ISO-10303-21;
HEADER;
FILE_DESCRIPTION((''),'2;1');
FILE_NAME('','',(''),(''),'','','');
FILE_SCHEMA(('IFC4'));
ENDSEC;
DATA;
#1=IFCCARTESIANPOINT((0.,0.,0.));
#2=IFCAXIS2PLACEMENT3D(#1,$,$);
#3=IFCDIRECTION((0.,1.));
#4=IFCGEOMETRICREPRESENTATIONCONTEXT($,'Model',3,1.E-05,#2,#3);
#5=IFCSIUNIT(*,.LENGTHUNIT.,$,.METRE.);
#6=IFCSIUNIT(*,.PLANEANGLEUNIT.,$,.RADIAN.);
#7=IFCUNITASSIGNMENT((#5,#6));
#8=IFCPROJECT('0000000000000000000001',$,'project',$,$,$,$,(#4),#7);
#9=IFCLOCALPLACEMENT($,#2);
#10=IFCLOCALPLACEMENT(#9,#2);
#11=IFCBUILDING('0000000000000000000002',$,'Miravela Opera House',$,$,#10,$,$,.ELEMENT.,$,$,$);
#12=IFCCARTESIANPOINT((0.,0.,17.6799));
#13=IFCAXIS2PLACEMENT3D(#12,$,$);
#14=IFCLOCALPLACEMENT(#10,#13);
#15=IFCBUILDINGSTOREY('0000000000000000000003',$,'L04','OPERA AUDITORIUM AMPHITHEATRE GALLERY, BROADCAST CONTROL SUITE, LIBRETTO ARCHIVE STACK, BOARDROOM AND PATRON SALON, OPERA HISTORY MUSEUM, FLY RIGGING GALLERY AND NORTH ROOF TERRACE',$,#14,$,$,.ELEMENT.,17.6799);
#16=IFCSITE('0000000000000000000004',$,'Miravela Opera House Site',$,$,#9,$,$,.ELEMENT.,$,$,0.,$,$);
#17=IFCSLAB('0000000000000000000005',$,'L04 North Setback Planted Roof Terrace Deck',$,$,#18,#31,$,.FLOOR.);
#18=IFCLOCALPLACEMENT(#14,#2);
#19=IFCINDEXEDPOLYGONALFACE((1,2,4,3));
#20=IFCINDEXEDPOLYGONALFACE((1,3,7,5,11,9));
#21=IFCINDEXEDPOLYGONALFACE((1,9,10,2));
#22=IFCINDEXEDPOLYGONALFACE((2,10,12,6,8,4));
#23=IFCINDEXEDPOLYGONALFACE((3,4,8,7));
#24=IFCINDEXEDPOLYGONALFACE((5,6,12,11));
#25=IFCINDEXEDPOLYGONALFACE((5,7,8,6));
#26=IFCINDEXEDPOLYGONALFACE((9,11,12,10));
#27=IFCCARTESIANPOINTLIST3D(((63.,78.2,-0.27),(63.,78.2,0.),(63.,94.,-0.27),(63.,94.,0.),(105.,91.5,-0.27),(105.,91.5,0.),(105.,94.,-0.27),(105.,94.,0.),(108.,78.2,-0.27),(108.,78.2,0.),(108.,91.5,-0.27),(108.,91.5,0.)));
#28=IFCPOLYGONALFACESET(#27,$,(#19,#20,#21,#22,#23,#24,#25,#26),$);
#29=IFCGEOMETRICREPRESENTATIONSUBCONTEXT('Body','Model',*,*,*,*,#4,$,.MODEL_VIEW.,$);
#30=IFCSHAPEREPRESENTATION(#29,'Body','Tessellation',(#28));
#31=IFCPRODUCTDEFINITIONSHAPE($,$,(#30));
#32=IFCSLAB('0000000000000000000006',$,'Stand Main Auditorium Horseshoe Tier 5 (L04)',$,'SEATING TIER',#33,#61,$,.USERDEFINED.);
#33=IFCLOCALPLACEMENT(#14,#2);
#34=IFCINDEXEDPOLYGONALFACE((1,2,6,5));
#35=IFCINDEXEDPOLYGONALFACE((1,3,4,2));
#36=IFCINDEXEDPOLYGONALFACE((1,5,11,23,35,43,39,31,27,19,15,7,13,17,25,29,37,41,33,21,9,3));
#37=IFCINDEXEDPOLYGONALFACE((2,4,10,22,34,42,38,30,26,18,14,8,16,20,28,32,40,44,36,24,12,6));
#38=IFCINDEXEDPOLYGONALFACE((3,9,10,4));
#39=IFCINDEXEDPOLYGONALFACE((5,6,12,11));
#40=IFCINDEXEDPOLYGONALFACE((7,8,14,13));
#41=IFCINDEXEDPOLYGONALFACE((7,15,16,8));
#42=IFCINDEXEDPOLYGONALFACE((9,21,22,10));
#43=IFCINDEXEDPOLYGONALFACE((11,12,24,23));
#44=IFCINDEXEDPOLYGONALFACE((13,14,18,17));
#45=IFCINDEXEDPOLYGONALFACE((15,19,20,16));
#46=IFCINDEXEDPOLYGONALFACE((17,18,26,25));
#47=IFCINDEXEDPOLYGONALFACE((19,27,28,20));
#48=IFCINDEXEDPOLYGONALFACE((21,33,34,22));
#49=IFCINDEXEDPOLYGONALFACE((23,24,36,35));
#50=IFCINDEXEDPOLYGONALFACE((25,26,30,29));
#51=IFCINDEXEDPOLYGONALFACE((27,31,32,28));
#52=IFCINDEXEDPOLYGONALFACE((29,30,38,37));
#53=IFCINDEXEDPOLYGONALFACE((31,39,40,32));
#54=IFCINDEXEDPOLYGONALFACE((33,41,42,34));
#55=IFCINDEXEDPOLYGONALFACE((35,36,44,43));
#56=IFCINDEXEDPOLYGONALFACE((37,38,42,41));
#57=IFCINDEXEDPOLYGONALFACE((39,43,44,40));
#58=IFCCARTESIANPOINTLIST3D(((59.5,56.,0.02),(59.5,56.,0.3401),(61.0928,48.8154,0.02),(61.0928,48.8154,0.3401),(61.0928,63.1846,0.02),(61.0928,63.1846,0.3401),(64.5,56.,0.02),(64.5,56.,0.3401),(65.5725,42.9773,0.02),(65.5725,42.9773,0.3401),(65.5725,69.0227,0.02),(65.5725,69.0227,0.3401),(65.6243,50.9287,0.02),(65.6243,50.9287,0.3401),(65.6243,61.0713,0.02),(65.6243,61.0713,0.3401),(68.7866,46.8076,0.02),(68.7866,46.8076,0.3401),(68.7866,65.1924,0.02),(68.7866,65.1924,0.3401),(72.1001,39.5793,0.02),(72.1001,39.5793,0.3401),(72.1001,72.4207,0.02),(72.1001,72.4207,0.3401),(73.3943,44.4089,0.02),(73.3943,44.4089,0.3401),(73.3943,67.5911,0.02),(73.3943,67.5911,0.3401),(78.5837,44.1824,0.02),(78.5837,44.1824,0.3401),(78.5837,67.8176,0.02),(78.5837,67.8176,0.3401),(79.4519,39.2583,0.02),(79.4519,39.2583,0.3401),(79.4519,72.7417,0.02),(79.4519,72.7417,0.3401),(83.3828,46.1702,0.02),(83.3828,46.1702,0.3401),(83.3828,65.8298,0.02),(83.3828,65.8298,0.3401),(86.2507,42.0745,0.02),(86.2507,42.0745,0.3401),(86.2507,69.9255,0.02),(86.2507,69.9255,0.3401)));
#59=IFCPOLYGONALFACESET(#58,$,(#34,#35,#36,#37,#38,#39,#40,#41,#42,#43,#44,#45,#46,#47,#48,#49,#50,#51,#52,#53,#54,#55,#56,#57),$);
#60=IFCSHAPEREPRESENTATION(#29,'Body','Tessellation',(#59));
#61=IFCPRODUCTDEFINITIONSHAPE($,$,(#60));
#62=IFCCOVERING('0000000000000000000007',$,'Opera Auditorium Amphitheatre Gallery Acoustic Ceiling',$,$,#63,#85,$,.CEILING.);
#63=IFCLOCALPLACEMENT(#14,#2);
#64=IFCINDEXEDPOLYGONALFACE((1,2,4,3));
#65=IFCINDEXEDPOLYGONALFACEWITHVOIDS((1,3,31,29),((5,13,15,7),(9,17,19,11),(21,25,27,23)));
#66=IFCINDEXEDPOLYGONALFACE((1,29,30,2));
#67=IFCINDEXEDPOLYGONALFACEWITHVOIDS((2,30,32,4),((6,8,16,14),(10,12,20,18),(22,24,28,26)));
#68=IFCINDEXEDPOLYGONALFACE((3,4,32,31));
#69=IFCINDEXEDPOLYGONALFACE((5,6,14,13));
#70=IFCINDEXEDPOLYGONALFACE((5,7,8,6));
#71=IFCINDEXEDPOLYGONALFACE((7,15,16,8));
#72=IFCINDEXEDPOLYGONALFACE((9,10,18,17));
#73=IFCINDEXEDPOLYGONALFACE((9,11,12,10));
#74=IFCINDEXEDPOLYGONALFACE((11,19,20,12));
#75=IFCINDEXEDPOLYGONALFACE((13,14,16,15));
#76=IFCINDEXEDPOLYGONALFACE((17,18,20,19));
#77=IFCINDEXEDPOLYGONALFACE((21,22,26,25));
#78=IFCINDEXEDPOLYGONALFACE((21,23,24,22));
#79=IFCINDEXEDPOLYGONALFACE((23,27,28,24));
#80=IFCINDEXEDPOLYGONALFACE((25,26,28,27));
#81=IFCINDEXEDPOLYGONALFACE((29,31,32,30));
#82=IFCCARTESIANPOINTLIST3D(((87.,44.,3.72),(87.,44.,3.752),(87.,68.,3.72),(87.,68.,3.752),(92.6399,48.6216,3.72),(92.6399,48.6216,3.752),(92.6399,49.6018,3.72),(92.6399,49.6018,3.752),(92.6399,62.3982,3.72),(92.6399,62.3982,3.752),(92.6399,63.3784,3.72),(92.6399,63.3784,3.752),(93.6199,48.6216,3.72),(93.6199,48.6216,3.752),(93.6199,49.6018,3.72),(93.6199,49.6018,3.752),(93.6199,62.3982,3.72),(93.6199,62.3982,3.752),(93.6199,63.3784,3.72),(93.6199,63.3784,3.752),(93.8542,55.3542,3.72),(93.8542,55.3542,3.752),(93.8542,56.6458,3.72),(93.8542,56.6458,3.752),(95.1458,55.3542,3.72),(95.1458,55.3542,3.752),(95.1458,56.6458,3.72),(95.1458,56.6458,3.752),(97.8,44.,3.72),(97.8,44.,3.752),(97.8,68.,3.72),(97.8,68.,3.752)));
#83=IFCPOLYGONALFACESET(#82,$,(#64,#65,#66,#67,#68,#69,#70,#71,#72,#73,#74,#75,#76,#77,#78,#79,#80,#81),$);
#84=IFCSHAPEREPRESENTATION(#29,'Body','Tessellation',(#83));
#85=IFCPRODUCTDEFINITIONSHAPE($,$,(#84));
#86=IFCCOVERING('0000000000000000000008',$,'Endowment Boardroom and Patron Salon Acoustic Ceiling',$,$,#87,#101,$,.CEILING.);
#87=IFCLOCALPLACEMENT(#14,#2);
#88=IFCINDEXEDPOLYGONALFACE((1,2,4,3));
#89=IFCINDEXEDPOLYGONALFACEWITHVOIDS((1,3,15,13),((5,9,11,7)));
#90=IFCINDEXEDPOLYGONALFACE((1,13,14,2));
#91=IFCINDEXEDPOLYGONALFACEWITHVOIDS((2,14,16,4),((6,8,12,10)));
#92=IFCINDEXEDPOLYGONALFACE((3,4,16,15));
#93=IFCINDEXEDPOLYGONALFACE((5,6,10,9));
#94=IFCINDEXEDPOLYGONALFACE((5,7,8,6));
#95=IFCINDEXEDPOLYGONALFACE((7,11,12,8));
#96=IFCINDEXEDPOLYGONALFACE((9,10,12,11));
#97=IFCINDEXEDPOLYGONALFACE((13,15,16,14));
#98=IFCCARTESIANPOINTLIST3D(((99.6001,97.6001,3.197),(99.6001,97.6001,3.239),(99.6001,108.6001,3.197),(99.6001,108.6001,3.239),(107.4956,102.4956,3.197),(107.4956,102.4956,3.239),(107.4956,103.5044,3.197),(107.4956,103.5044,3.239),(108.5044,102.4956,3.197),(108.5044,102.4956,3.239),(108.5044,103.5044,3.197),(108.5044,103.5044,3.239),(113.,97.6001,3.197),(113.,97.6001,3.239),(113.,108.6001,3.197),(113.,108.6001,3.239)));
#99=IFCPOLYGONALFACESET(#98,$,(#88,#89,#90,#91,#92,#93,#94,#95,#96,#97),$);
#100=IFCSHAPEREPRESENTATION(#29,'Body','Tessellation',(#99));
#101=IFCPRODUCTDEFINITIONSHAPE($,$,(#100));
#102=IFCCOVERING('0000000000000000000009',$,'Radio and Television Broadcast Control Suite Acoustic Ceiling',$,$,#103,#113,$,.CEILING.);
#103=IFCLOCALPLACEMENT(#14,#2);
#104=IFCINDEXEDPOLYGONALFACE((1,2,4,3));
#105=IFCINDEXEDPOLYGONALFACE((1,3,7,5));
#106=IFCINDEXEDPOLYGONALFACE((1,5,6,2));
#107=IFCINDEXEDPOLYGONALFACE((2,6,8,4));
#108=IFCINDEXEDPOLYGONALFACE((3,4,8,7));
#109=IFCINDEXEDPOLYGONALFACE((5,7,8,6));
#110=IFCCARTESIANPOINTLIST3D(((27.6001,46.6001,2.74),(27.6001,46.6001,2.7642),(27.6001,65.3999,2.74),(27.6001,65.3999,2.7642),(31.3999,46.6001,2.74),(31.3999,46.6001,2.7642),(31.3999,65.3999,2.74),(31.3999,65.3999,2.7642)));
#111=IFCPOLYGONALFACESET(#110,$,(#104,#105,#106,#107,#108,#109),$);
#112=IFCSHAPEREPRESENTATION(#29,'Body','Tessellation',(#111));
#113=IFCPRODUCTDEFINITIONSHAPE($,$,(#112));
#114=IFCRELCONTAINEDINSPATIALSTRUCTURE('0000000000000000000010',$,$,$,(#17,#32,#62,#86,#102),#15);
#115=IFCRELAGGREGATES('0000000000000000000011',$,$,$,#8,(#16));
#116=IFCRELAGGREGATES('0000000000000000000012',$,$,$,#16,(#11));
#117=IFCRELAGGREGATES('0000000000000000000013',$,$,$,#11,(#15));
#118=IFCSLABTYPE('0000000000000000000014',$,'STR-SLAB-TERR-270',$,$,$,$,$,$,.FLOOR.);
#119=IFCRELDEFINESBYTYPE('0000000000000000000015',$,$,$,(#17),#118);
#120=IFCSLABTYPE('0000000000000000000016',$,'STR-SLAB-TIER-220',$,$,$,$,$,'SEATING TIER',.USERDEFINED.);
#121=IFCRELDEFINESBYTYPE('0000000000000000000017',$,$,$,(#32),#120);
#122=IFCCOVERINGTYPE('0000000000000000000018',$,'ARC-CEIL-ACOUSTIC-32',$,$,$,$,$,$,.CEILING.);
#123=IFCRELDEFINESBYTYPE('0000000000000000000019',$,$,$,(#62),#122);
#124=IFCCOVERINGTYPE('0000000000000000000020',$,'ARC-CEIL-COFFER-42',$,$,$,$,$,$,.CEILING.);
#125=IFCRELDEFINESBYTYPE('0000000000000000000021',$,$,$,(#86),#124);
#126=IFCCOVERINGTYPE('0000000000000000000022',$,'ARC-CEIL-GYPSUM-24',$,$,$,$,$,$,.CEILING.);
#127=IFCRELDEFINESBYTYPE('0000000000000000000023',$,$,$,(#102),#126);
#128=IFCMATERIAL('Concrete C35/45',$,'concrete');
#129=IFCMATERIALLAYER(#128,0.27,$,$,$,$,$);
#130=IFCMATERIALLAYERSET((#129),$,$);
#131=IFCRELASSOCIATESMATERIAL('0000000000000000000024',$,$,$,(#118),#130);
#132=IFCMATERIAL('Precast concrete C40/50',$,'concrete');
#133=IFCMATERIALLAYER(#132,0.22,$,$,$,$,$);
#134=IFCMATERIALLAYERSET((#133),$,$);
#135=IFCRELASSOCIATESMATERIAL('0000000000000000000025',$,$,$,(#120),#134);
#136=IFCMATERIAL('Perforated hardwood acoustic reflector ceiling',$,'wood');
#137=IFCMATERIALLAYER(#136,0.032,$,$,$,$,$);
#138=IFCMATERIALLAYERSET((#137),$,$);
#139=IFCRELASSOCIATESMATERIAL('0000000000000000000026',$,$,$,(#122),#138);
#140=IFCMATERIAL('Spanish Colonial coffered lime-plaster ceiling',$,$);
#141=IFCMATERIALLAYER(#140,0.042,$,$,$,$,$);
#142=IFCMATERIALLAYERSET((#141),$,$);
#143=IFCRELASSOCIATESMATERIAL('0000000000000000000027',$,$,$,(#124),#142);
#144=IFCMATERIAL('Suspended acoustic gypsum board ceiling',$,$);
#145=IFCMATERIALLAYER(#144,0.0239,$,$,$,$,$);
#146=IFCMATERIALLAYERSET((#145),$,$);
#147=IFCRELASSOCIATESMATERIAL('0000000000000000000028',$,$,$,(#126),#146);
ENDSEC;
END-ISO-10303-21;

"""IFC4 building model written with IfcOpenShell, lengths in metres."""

from ifc_helpers import new_model, si_unit, direction, frame, origin, place, context, subcontext, project, spatial, polyline, outline, extrude, material, layer, layer_set, type_object, element, save


model = new_model("IFC4")

# Units and contexts
model_context = context("Model", 3, precision=1e-05, world=origin(), true_north=direction((0.0, 1.0)))
body_context = subcontext(model_context, "Body", "Model", "MODEL_VIEW")
ifc_project = project(units=[si_unit("LENGTHUNIT", "METRE"), si_unit("PLANEANGLEUNIT", "RADIAN")], contexts=[model_context])

# Site, building, storey
site_placement = place(None, origin())
site = spatial("IfcSite", under=ifc_project, at=site_placement, Name="Miravela Opera House Site", CompositionType="ELEMENT", RefElevation=0.0)
building_placement = place(site_placement, origin())
building = spatial("IfcBuilding", under=site, at=building_placement, Name="Miravela Opera House", CompositionType="ELEMENT")
storey_placement = place(building_placement, frame((0.0, 0.0, 17.6799)))
storey = spatial("IfcBuildingStorey", under=building, at=storey_placement, Name="L04", Description="OPERA AUDITORIUM AMPHITHEATRE GALLERY, BROADCAST CONTROL SUITE, LIBRETTO ARCHIVE STACK, BOARDROOM AND PATRON SALON, OPERA HISTORY MUSEUM, FLY RIGGING GALLERY AND NORTH ROOF TERRACE", CompositionType="ELEMENT", Elevation=17.6799)

# Shared definitions
ifc_material_1 = material(Name="Concrete C35/45", Category="concrete")

# Slabs
ifc_layer_1 = layer(ifc_material_1, 0.27)
ifc_layer_set_1 = layer_set([ifc_layer_1])
slab_type_1 = type_object("IfcSlabType", Name="STR-SLAB-TERR-270", PredefinedType="FLOOR", material=ifc_layer_set_1)
slab_1_placement = place(storey_placement, frame((0.0, 0.0, -0.27)))
element("IfcSlab", 1, at=slab_1_placement, inside=storey, type_object=slab_type_1, Name="L04 North Setback Planted Roof Terrace Deck", PredefinedType="FLOOR", context=body_context, shape_type="SweptSolid", body=[
    extrude(outline(polyline([(63.0, 78.2), (108.0, 78.2), (108.0, 91.5), (105.0, 91.5), (105.0, 94.0), (63.0, 94.0), (63.0, 78.2)])), origin(), (0.0, 0.0, 1.0), 0.27),
])
ifc_material_2 = material(Name="Precast concrete C40/50", Category="concrete")
ifc_layer_2 = layer(ifc_material_2, 0.22)
ifc_layer_set_2 = layer_set([ifc_layer_2])
slab_type_2 = type_object("IfcSlabType", Name="STR-SLAB-TIER-220", ElementType="SEATING TIER", PredefinedType="USERDEFINED", material=ifc_layer_set_2)
slab_2_placement = place(storey_placement, frame((0.0, 0.0, 0.02)))
element("IfcSlab", 2, at=slab_2_placement, inside=storey, type_object=slab_type_2, Name="Stand Main Auditorium Horseshoe Tier 5 (L04)", ObjectType="SEATING TIER", PredefinedType="USERDEFINED", context=body_context, shape_type="SweptSolid", body=[
    extrude(outline(polyline([(86.2507, 69.9255), (79.4519, 72.7417), (72.1001, 72.4207), (65.5725, 69.0227), (61.0928, 63.1846), (59.5, 56.0), (61.0928, 48.8154), (65.5725, 42.9773), (72.1001, 39.5793), (79.4519, 39.2583), (86.2507, 42.0745), (83.3828, 46.1702), (78.5837, 44.1824), (73.3943, 44.4089), (68.7866, 46.8076), (65.6243, 50.9287), (64.5, 56.0), (65.6243, 61.0713), (68.7866, 65.1924), (73.3943, 67.5911), (78.5837, 67.8176), (83.3828, 65.8298), (86.2507, 69.9255)])), origin(), (0.0, 0.0, 1.0), 0.3201),
])

# Coverings
ifc_material_3 = material(Name="Perforated hardwood acoustic reflector ceiling", Category="wood")
ifc_layer_3 = layer(ifc_material_3, 0.032)
ifc_layer_set_3 = layer_set([ifc_layer_3])
covering_type_1 = type_object("IfcCoveringType", Name="ARC-CEIL-ACOUSTIC-32", PredefinedType="CEILING", material=ifc_layer_set_3)
covering_1_placement = place(storey_placement, frame((0.0, 0.0, 3.72)))
element("IfcCovering", 3, at=covering_1_placement, inside=storey, type_object=covering_type_1, Name="Opera Auditorium Amphitheatre Gallery Acoustic Ceiling", PredefinedType="CEILING", context=body_context, shape_type="SweptSolid", body=[
    extrude(outline(polyline([(87.0, 44.0), (97.8, 44.0), (97.8, 68.0), (87.0, 68.0), (87.0, 44.0)]), holes=[polyline([(93.8542, 55.3542), (95.1458, 55.3542), (95.1458, 56.6458), (93.8542, 56.6458), (93.8542, 55.3542)]), polyline([(92.6399, 62.3982), (93.6199, 62.3982), (93.6199, 63.3784), (92.6399, 63.3784), (92.6399, 62.3982)]), polyline([(92.6399, 48.6216), (93.6199, 48.6216), (93.6199, 49.6018), (92.6399, 49.6018), (92.6399, 48.6216)])]), origin(), (0.0, 0.0, 1.0), 0.032),
])
ifc_material_4 = material(Name="Spanish Colonial coffered lime-plaster ceiling")
ifc_layer_4 = layer(ifc_material_4, 0.042)
ifc_layer_set_4 = layer_set([ifc_layer_4])
covering_type_2 = type_object("IfcCoveringType", Name="ARC-CEIL-COFFER-42", PredefinedType="CEILING", material=ifc_layer_set_4)
covering_2_placement = place(storey_placement, frame((0.0, 0.0, 3.197)))
element("IfcCovering", 4, at=covering_2_placement, inside=storey, type_object=covering_type_2, Name="Endowment Boardroom and Patron Salon Acoustic Ceiling", PredefinedType="CEILING", context=body_context, shape_type="SweptSolid", body=[
    extrude(outline(polyline([(99.6001, 97.6001), (113.0, 97.6001), (113.0, 108.6001), (99.6001, 108.6001), (99.6001, 97.6001)]), holes=[polyline([(107.4956, 102.4956), (108.5044, 102.4956), (108.5044, 103.5044), (107.4956, 103.5044), (107.4956, 102.4956)])]), origin(), (0.0, 0.0, 1.0), 0.042),
])
ifc_material_5 = material(Name="Suspended acoustic gypsum board ceiling")
ifc_layer_5 = layer(ifc_material_5, 0.0239)
ifc_layer_set_5 = layer_set([ifc_layer_5])
covering_type_3 = type_object("IfcCoveringType", Name="ARC-CEIL-GYPSUM-24", PredefinedType="CEILING", material=ifc_layer_set_5)
covering_3_placement = place(storey_placement, frame((0.0, 0.0, 2.74)))
element("IfcCovering", 5, at=covering_3_placement, inside=storey, type_object=covering_type_3, Name="Radio and Television Broadcast Control Suite Acoustic Ceiling", PredefinedType="CEILING", context=body_context, shape_type="SweptSolid", body=[
    extrude(outline(polyline([(27.6001, 46.6001), (31.3999, 46.6001), (31.3999, 65.3999), (27.6001, 65.3999), (27.6001, 46.6001)])), origin(), (0.0, 0.0, 1.0), 0.0242),
])

save(model, "model.ifc")
